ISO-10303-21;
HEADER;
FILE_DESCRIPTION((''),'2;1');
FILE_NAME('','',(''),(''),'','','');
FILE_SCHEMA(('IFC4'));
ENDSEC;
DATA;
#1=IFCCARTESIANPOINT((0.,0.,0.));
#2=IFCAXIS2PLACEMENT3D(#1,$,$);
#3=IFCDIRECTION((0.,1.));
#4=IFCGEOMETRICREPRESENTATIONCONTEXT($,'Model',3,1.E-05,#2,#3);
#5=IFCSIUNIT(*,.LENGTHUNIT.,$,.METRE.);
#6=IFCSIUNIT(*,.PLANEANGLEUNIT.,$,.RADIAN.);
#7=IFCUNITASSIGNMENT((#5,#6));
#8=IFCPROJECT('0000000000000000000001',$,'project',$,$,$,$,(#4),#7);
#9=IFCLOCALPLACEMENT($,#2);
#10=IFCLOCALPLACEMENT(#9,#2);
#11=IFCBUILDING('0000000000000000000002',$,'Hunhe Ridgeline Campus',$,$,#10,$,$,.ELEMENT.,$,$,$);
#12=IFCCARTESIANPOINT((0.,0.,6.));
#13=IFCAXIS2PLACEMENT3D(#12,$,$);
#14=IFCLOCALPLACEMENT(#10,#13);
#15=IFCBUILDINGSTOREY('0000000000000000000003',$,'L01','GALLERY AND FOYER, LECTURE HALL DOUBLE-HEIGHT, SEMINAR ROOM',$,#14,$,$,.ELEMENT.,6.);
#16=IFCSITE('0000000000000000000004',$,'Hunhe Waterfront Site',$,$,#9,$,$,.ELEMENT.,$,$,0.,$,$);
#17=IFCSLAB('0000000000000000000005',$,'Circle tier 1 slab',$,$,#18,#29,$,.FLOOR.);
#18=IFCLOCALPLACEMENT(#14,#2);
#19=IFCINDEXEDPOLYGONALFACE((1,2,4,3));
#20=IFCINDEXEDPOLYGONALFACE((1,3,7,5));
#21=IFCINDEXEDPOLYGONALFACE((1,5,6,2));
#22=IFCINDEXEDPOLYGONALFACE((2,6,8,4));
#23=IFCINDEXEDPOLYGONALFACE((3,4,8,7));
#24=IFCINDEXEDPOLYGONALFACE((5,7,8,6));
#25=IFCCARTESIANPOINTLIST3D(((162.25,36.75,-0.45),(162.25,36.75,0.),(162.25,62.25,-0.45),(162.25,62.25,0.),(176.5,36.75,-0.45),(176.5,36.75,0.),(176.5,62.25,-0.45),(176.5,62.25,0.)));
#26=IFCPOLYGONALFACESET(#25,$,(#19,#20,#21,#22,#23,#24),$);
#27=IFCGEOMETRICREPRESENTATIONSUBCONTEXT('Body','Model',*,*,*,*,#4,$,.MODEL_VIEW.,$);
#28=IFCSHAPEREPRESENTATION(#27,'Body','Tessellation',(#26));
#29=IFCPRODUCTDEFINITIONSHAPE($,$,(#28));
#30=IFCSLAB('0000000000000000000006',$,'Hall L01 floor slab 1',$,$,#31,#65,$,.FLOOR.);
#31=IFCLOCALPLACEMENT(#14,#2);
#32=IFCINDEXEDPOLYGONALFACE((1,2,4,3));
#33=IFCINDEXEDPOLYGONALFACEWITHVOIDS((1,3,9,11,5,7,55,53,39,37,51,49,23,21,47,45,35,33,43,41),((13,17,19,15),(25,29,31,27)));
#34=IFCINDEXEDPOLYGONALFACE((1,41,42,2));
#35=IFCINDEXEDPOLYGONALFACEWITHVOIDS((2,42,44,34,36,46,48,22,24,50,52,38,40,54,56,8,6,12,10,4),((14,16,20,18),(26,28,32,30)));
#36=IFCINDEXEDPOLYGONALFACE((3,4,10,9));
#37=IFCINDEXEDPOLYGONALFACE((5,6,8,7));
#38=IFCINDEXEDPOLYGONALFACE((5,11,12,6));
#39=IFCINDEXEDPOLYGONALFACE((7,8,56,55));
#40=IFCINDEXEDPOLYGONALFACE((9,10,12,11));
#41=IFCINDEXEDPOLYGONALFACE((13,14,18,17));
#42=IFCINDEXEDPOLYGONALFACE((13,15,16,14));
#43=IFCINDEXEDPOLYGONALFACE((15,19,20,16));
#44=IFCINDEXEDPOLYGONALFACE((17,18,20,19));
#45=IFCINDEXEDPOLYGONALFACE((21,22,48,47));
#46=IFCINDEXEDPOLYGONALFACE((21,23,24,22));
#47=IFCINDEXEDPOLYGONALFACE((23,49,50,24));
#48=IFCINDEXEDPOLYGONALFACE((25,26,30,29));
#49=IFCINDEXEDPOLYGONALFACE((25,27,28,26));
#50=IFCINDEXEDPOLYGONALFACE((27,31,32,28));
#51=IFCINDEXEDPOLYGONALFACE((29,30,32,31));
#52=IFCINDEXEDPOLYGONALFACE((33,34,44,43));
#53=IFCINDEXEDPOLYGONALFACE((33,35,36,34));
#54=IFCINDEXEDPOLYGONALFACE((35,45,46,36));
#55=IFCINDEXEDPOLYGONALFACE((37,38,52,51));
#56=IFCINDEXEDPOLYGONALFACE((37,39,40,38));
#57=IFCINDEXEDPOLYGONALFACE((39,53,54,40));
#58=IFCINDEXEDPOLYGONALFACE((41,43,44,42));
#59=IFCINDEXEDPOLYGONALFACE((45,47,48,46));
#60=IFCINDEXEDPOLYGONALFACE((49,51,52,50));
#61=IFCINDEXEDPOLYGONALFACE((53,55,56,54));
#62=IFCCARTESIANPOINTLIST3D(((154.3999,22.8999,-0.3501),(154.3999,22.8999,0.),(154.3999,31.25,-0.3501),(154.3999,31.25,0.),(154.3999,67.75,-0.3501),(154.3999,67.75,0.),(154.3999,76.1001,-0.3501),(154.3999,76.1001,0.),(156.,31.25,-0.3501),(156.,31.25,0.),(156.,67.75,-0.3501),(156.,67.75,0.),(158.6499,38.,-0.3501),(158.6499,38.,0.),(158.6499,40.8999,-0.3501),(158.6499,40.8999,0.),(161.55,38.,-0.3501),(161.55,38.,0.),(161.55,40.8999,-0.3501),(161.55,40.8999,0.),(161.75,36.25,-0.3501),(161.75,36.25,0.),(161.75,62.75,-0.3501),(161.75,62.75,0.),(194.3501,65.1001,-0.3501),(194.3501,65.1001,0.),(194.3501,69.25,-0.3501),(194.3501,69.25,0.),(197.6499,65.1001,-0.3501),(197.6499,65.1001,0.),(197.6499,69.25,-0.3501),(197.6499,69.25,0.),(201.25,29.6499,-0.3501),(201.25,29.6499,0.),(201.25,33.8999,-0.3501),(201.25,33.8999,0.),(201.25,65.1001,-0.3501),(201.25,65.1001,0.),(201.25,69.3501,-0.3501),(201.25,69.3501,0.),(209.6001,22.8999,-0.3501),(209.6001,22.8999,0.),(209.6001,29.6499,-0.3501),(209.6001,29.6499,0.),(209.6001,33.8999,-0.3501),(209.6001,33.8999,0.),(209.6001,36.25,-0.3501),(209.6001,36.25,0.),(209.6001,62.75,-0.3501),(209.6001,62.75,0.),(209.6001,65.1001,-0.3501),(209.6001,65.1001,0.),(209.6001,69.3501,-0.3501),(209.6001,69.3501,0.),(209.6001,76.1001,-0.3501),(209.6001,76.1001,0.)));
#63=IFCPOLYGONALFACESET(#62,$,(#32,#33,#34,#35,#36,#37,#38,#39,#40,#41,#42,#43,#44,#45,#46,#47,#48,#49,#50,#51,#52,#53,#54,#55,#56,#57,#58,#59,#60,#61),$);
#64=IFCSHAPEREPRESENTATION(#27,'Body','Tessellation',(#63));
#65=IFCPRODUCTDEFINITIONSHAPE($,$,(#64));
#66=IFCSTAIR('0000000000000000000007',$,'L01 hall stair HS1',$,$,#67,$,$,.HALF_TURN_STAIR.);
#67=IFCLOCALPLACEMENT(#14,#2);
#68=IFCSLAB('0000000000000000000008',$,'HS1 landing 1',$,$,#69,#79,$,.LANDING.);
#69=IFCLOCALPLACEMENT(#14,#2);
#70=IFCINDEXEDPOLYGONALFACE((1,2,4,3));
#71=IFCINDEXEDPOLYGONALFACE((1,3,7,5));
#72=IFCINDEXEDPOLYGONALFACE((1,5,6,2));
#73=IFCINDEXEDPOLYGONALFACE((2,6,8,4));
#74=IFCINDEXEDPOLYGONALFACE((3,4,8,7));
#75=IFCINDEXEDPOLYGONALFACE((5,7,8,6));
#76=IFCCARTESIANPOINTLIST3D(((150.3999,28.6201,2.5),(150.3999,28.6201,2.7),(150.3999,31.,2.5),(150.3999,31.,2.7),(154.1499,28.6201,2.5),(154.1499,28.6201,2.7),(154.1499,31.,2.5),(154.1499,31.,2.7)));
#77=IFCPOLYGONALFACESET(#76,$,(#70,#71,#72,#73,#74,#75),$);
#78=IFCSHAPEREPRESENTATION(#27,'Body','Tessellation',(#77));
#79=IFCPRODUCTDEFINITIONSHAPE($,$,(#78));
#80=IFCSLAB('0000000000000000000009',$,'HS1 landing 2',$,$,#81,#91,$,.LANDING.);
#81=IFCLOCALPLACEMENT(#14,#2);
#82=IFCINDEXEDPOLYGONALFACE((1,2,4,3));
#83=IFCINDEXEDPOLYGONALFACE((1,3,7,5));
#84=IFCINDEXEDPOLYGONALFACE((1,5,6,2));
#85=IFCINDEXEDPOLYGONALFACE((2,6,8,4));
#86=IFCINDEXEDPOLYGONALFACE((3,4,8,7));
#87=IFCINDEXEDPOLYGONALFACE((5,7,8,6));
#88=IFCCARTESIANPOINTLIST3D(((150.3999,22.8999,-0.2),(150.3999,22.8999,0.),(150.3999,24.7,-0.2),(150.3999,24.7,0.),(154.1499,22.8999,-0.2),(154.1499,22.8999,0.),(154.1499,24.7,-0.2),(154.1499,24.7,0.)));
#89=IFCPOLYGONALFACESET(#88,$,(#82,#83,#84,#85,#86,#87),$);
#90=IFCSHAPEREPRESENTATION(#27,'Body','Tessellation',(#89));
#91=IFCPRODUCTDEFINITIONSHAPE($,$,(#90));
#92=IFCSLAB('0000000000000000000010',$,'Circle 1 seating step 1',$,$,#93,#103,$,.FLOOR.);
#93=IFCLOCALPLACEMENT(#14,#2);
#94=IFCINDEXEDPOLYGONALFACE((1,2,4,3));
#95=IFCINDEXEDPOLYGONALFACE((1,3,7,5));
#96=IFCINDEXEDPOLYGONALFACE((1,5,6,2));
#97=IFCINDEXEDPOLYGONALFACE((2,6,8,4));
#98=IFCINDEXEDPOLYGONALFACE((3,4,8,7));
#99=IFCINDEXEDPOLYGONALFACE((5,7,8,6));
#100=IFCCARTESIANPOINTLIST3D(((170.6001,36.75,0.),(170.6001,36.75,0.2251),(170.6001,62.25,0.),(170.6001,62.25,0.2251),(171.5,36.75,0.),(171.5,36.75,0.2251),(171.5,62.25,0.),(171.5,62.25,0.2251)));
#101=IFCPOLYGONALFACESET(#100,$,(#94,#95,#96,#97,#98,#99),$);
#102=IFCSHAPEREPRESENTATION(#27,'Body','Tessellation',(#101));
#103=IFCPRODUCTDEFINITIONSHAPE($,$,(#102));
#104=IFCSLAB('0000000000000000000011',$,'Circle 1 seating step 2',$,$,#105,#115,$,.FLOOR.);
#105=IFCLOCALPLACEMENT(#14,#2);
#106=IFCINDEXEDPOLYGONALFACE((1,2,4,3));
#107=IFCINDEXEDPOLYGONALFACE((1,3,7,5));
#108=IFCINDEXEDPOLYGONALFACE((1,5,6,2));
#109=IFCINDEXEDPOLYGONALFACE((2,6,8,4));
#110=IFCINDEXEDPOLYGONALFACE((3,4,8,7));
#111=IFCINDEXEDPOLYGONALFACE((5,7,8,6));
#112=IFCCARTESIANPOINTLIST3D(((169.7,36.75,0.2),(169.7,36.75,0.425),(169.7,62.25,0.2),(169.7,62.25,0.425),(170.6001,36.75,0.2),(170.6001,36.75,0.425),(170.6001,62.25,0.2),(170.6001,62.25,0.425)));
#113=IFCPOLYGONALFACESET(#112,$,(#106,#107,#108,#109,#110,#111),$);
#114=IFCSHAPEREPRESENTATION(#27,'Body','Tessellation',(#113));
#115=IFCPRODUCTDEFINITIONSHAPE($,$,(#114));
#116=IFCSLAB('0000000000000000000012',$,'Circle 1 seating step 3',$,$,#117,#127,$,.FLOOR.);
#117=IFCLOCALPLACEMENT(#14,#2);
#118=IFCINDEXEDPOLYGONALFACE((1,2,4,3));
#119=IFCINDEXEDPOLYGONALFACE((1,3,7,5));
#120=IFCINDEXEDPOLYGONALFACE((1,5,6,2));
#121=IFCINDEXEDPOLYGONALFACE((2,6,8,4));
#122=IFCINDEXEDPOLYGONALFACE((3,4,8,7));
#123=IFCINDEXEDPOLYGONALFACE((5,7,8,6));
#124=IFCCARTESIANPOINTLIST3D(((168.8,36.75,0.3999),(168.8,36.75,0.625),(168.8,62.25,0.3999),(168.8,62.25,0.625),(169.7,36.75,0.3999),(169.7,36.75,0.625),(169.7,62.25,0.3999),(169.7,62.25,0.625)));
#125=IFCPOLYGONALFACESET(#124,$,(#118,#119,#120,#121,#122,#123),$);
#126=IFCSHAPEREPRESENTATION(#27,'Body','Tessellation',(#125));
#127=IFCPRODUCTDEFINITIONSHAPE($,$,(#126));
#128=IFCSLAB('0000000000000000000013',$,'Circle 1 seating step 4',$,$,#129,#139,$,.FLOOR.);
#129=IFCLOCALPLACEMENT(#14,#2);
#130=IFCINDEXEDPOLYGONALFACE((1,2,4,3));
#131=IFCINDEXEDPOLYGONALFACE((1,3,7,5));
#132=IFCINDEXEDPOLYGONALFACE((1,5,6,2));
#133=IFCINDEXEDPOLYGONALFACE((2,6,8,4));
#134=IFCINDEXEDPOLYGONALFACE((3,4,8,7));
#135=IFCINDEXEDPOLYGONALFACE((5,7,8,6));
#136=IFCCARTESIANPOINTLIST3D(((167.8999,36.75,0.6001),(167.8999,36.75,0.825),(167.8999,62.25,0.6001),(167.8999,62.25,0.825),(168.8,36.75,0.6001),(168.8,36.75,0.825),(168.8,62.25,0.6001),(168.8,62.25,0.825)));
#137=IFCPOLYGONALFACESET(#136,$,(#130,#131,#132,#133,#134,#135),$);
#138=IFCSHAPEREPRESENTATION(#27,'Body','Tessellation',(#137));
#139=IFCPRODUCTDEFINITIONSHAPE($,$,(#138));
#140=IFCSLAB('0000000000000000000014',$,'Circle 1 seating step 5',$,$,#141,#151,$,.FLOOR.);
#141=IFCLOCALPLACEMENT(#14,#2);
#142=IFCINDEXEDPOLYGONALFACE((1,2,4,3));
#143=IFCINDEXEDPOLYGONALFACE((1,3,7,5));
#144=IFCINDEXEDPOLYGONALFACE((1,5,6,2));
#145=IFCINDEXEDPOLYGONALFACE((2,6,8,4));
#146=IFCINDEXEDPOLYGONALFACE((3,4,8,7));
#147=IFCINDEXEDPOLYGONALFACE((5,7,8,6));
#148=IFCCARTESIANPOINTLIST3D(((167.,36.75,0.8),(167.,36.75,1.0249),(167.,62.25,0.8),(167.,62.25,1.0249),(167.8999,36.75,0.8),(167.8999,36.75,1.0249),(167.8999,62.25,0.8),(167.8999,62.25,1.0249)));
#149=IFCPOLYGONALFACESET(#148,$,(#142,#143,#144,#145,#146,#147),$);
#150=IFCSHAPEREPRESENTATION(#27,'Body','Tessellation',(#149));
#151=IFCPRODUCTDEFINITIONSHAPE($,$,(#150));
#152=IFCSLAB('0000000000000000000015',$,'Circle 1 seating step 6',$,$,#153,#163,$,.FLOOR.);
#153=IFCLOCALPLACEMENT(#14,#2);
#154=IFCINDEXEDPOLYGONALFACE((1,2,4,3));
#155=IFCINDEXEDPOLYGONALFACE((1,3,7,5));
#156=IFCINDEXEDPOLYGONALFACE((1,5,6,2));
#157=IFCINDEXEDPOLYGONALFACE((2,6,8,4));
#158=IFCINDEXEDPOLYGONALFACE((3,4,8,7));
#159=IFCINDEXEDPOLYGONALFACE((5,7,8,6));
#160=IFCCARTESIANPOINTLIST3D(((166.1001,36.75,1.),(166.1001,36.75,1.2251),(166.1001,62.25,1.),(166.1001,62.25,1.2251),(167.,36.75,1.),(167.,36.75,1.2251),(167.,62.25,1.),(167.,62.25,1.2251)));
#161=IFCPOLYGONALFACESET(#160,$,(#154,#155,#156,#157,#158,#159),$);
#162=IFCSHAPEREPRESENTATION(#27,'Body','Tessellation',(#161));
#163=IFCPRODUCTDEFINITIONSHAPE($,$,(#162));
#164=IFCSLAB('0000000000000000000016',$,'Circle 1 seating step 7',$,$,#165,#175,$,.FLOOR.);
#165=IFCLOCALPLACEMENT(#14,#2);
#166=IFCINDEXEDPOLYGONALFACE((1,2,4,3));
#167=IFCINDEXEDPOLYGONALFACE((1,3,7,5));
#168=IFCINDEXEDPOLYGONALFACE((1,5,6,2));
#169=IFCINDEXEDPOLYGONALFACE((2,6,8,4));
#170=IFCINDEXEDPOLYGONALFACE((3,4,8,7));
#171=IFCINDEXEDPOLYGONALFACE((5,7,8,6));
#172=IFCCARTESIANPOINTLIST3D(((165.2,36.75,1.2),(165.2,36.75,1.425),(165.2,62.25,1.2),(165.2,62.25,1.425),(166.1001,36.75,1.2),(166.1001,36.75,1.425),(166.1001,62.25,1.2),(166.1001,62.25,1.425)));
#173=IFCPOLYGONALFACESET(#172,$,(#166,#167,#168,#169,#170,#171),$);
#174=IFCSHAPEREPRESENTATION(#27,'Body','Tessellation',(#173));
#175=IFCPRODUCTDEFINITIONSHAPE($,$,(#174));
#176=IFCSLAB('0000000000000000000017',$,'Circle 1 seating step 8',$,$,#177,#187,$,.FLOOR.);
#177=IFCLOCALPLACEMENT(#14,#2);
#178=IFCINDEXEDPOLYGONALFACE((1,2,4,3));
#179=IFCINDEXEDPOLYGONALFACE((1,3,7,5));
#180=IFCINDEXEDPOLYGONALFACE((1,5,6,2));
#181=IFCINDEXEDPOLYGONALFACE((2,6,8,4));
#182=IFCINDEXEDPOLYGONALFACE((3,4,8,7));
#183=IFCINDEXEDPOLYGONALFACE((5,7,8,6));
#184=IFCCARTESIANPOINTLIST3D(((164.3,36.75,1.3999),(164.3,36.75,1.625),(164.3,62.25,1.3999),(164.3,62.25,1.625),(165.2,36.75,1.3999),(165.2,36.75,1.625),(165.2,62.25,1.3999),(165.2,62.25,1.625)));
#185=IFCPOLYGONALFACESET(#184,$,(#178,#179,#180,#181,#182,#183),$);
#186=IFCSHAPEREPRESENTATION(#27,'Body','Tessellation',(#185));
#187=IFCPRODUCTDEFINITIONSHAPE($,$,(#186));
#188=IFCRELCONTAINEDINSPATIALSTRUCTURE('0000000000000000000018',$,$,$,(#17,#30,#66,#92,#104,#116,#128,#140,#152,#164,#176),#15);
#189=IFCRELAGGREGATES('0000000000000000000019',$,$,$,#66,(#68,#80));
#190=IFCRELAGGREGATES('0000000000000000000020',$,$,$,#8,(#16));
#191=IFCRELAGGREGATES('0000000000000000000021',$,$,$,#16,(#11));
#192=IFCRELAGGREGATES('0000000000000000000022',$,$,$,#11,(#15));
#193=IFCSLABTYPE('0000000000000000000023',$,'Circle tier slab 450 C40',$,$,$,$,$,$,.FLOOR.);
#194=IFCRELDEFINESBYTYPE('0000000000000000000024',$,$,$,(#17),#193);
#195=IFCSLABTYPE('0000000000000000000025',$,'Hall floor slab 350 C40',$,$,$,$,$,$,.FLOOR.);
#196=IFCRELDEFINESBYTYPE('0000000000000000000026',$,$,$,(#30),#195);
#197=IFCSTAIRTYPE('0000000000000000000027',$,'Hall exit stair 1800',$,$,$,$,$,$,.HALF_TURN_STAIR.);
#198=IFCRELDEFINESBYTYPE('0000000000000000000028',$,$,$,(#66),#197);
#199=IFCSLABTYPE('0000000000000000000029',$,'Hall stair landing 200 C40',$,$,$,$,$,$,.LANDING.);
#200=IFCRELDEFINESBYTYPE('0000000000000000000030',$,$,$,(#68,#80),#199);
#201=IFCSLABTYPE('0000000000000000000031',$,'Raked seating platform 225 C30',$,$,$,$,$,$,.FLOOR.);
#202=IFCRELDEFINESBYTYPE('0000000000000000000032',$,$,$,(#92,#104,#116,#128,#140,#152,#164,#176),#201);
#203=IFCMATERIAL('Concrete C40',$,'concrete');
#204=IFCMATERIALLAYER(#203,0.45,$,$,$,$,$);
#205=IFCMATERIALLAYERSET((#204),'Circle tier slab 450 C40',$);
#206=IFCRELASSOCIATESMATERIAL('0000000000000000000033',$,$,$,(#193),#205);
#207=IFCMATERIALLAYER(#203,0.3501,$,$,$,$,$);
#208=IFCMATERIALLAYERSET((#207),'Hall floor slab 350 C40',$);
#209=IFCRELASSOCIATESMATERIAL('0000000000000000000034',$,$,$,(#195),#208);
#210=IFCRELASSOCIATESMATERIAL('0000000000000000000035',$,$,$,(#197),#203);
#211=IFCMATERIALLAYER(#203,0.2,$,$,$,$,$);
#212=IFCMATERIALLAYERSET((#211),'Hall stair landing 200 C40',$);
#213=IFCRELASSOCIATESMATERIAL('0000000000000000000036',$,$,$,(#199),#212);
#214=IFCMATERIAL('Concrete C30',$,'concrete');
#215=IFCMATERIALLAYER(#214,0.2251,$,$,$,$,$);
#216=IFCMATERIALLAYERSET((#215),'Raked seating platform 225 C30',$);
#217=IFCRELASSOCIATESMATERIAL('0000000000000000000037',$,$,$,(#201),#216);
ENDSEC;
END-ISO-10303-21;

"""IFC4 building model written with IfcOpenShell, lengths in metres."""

from ifc_helpers import new_model, si_unit, direction, frame, origin, place, context, subcontext, project, spatial, polyline, outline, extrude, material, layer, layer_set, type_object, element, aggregate, save


model = new_model("IFC4")

# Units and contexts
model_context = context("Model", 3, precision=1e-05, world=origin(), true_north=direction((0.0, 1.0)))
body_context = subcontext(model_context, "Body", "Model", "MODEL_VIEW")
ifc_project = project(units=[si_unit("LENGTHUNIT", "METRE"), si_unit("PLANEANGLEUNIT", "RADIAN")], contexts=[model_context])

# Site, building, storey
site_placement = place(None, origin())
site = spatial("IfcSite", under=ifc_project, at=site_placement, Name="Hunhe Waterfront Site", CompositionType="ELEMENT", RefElevation=0.0)
building_placement = place(site_placement, origin())
building = spatial("IfcBuilding", under=site, at=building_placement, Name="Hunhe Ridgeline Campus", CompositionType="ELEMENT")
storey_placement = place(building_placement, frame((0.0, 0.0, 6.0)))
storey = spatial("IfcBuildingStorey", under=building, at=storey_placement, Name="L01", Description="GALLERY AND FOYER, LECTURE HALL DOUBLE-HEIGHT, SEMINAR ROOM", CompositionType="ELEMENT", Elevation=6.0)

# Slabs
ifc_material_1 = material(Name="Concrete C40", Category="concrete")
ifc_layer_1 = layer(ifc_material_1, 0.45)
ifc_layer_set_1 = layer_set([ifc_layer_1], Name="Circle tier slab 450 C40")
slab_type_1 = type_object("IfcSlabType", Name="Circle tier slab 450 C40", PredefinedType="FLOOR", material=ifc_layer_set_1)
slab_1_placement = place(storey_placement, frame((0.0, 0.0, -0.45)))
element("IfcSlab", 1, at=slab_1_placement, inside=storey, type_object=slab_type_1, Name="Circle tier 1 slab", PredefinedType="FLOOR", context=body_context, shape_type="SweptSolid", body=[
    extrude(outline(polyline([(176.5, 36.75), (176.5, 62.25), (162.25, 62.25), (162.25, 36.75), (176.5, 36.75)])), origin(), (0.0, 0.0, 1.0), 0.45),
])
ifc_layer_2 = layer(ifc_material_1, 0.3501)
ifc_layer_set_2 = layer_set([ifc_layer_2], Name="Hall floor slab 350 C40")
slab_type_2 = type_object("IfcSlabType", Name="Hall floor slab 350 C40", PredefinedType="FLOOR", material=ifc_layer_set_2)
slab_2_placement = place(storey_placement, frame((0.0, 0.0, -0.3501)))
element("IfcSlab", 2, at=slab_2_placement, inside=storey, type_object=slab_type_2, Name="Hall L01 floor slab 1", PredefinedType="FLOOR", context=body_context, shape_type="SweptSolid", body=[
    extrude(outline(polyline([(154.3999, 76.1001), (154.3999, 67.75), (156.0, 67.75), (156.0, 31.25), (154.3999, 31.25), (154.3999, 22.8999), (209.6001, 22.8999), (209.6001, 29.6499), (201.25, 29.6499), (201.25, 33.8999), (209.6001, 33.8999), (209.6001, 36.25), (161.75, 36.25), (161.75, 62.75), (209.6001, 62.75), (209.6001, 65.1001), (201.25, 65.1001), (201.25, 69.3501), (209.6001, 69.3501), (209.6001, 76.1001), (154.3999, 76.1001)]), holes=[polyline([(158.6499, 40.8999), (158.6499, 38.0), (161.55, 38.0), (161.55, 40.8999), (158.6499, 40.8999)]), polyline([(194.3501, 69.25), (194.3501, 65.1001), (197.6499, 65.1001), (197.6499, 69.25), (194.3501, 69.25)])]), origin(), (0.0, 0.0, 1.0), 0.3501),
])

# Stair, slabs
stair_type = type_object("IfcStairType", Name="Hall exit stair 1800", PredefinedType="HALF_TURN_STAIR", material=ifc_material_1)
stair_placement = place(storey_placement, origin())
stair = element("IfcStair", 3, at=stair_placement, inside=storey, type_object=stair_type, Name="L01 hall stair HS1", PredefinedType="HALF_TURN_STAIR")
ifc_layer_3 = layer(ifc_material_1, 0.2)
ifc_layer_set_3 = layer_set([ifc_layer_3], Name="Hall stair landing 200 C40")
slab_type_3 = type_object("IfcSlabType", Name="Hall stair landing 200 C40", PredefinedType="LANDING", material=ifc_layer_set_3)
slab_3_placement = place(storey_placement, frame((0.0, 0.0, 2.5)))
slab_3 = element("IfcSlab", 4, at=slab_3_placement, type_object=slab_type_3, Name="HS1 landing 1", PredefinedType="LANDING", context=body_context, shape_type="SweptSolid", body=[
    extrude(outline(polyline([(154.1499, 28.6201), (154.1499, 31.0), (150.3999, 31.0), (150.3999, 28.6201), (154.1499, 28.6201)])), origin(), (0.0, 0.0, 1.0), 0.2),
])
slab_4_placement = place(storey_placement, frame((0.0, 0.0, -0.2)))
slab_4 = element("IfcSlab", 5, at=slab_4_placement, type_object=slab_type_3, Name="HS1 landing 2", PredefinedType="LANDING", context=body_context, shape_type="SweptSolid", body=[
    extrude(outline(polyline([(154.1499, 22.8999), (154.1499, 24.7), (150.3999, 24.7), (150.3999, 22.8999), (154.1499, 22.8999)])), origin(), (0.0, 0.0, 1.0), 0.2),
])
aggregate(stair, [slab_3, slab_4])

# Slabs
ifc_material_2 = material(Name="Concrete C30", Category="concrete")
ifc_layer_4 = layer(ifc_material_2, 0.2251)
ifc_layer_set_4 = layer_set([ifc_layer_4], Name="Raked seating platform 225 C30")
slab_type_4 = type_object("IfcSlabType", Name="Raked seating platform 225 C30", PredefinedType="FLOOR", material=ifc_layer_set_4)
slab_5_placement = place(storey_placement, origin())
element("IfcSlab", 6, at=slab_5_placement, inside=storey, type_object=slab_type_4, Name="Circle 1 seating step 1", PredefinedType="FLOOR", context=body_context, shape_type="SweptSolid", body=[
    extrude(outline(polyline([(171.5, 36.75), (171.5, 62.25), (170.6001, 62.25), (170.6001, 36.75), (171.5, 36.75)])), origin(), (0.0, 0.0, 1.0), 0.2251),
])
slab_6_placement = place(storey_placement, frame((0.0, 0.0, 0.2)))
element("IfcSlab", 7, at=slab_6_placement, inside=storey, type_object=slab_type_4, Name="Circle 1 seating step 2", PredefinedType="FLOOR", context=body_context, shape_type="SweptSolid", body=[
    extrude(outline(polyline([(170.6001, 36.75), (170.6001, 62.25), (169.7, 62.25), (169.7, 36.75), (170.6001, 36.75)])), origin(), (0.0, 0.0, 1.0), 0.2251),
])
slab_7_placement = place(storey_placement, frame((0.0, 0.0, 0.3999)))
element("IfcSlab", 8, at=slab_7_placement, inside=storey, type_object=slab_type_4, Name="Circle 1 seating step 3", PredefinedType="FLOOR", context=body_context, shape_type="SweptSolid", body=[
    extrude(outline(polyline([(169.7, 36.75), (169.7, 62.25), (168.8, 62.25), (168.8, 36.75), (169.7, 36.75)])), origin(), (0.0, 0.0, 1.0), 0.2251),
])
slab_8_placement = place(storey_placement, frame((0.0, 0.0, 0.6001)))
element("IfcSlab", 9, at=slab_8_placement, inside=storey, type_object=slab_type_4, Name="Circle 1 seating step 4", PredefinedType="FLOOR", context=body_context, shape_type="SweptSolid", body=[
    extrude(outline(polyline([(168.8, 36.75), (168.8, 62.25), (167.8999, 62.25), (167.8999, 36.75), (168.8, 36.75)])), origin(), (0.0, 0.0, 1.0), 0.2249),
])
slab_9_placement = place(storey_placement, frame((0.0, 0.0, 0.8)))
element("IfcSlab", 10, at=slab_9_placement, inside=storey, type_object=slab_type_4, Name="Circle 1 seating step 5", PredefinedType="FLOOR", context=body_context, shape_type="SweptSolid", body=[
    extrude(outline(polyline([(167.8999, 36.75), (167.8999, 62.25), (167.0, 62.25), (167.0, 36.75), (167.8999, 36.75)])), origin(), (0.0, 0.0, 1.0), 0.2249),
])
slab_10_placement = place(storey_placement, frame((0.0, 0.0, 1.0)))
element("IfcSlab", 11, at=slab_10_placement, inside=storey, type_object=slab_type_4, Name="Circle 1 seating step 6", PredefinedType="FLOOR", context=body_context, shape_type="SweptSolid", body=[
    extrude(outline(polyline([(167.0, 36.75), (167.0, 62.25), (166.1001, 62.25), (166.1001, 36.75), (167.0, 36.75)])), origin(), (0.0, 0.0, 1.0), 0.2251),
])
slab_11_placement = place(storey_placement, frame((0.0, 0.0, 1.2)))
element("IfcSlab", 12, at=slab_11_placement, inside=storey, type_object=slab_type_4, Name="Circle 1 seating step 7", PredefinedType="FLOOR", context=body_context, shape_type="SweptSolid", body=[
    extrude(outline(polyline([(166.1001, 36.75), (166.1001, 62.25), (165.2, 62.25), (165.2, 36.75), (166.1001, 36.75)])), origin(), (0.0, 0.0, 1.0), 0.2251),
])
slab_12_placement = place(storey_placement, frame((0.0, 0.0, 1.3999)))
element("IfcSlab", 13, at=slab_12_placement, inside=storey, type_object=slab_type_4, Name="Circle 1 seating step 8", PredefinedType="FLOOR", context=body_context, shape_type="SweptSolid", body=[
    extrude(outline(polyline([(165.2, 36.75), (165.2, 62.25), (164.3, 62.25), (164.3, 36.75), (165.2, 36.75)])), origin(), (0.0, 0.0, 1.0), 0.2251),
])

save(model, "model.ifc")
